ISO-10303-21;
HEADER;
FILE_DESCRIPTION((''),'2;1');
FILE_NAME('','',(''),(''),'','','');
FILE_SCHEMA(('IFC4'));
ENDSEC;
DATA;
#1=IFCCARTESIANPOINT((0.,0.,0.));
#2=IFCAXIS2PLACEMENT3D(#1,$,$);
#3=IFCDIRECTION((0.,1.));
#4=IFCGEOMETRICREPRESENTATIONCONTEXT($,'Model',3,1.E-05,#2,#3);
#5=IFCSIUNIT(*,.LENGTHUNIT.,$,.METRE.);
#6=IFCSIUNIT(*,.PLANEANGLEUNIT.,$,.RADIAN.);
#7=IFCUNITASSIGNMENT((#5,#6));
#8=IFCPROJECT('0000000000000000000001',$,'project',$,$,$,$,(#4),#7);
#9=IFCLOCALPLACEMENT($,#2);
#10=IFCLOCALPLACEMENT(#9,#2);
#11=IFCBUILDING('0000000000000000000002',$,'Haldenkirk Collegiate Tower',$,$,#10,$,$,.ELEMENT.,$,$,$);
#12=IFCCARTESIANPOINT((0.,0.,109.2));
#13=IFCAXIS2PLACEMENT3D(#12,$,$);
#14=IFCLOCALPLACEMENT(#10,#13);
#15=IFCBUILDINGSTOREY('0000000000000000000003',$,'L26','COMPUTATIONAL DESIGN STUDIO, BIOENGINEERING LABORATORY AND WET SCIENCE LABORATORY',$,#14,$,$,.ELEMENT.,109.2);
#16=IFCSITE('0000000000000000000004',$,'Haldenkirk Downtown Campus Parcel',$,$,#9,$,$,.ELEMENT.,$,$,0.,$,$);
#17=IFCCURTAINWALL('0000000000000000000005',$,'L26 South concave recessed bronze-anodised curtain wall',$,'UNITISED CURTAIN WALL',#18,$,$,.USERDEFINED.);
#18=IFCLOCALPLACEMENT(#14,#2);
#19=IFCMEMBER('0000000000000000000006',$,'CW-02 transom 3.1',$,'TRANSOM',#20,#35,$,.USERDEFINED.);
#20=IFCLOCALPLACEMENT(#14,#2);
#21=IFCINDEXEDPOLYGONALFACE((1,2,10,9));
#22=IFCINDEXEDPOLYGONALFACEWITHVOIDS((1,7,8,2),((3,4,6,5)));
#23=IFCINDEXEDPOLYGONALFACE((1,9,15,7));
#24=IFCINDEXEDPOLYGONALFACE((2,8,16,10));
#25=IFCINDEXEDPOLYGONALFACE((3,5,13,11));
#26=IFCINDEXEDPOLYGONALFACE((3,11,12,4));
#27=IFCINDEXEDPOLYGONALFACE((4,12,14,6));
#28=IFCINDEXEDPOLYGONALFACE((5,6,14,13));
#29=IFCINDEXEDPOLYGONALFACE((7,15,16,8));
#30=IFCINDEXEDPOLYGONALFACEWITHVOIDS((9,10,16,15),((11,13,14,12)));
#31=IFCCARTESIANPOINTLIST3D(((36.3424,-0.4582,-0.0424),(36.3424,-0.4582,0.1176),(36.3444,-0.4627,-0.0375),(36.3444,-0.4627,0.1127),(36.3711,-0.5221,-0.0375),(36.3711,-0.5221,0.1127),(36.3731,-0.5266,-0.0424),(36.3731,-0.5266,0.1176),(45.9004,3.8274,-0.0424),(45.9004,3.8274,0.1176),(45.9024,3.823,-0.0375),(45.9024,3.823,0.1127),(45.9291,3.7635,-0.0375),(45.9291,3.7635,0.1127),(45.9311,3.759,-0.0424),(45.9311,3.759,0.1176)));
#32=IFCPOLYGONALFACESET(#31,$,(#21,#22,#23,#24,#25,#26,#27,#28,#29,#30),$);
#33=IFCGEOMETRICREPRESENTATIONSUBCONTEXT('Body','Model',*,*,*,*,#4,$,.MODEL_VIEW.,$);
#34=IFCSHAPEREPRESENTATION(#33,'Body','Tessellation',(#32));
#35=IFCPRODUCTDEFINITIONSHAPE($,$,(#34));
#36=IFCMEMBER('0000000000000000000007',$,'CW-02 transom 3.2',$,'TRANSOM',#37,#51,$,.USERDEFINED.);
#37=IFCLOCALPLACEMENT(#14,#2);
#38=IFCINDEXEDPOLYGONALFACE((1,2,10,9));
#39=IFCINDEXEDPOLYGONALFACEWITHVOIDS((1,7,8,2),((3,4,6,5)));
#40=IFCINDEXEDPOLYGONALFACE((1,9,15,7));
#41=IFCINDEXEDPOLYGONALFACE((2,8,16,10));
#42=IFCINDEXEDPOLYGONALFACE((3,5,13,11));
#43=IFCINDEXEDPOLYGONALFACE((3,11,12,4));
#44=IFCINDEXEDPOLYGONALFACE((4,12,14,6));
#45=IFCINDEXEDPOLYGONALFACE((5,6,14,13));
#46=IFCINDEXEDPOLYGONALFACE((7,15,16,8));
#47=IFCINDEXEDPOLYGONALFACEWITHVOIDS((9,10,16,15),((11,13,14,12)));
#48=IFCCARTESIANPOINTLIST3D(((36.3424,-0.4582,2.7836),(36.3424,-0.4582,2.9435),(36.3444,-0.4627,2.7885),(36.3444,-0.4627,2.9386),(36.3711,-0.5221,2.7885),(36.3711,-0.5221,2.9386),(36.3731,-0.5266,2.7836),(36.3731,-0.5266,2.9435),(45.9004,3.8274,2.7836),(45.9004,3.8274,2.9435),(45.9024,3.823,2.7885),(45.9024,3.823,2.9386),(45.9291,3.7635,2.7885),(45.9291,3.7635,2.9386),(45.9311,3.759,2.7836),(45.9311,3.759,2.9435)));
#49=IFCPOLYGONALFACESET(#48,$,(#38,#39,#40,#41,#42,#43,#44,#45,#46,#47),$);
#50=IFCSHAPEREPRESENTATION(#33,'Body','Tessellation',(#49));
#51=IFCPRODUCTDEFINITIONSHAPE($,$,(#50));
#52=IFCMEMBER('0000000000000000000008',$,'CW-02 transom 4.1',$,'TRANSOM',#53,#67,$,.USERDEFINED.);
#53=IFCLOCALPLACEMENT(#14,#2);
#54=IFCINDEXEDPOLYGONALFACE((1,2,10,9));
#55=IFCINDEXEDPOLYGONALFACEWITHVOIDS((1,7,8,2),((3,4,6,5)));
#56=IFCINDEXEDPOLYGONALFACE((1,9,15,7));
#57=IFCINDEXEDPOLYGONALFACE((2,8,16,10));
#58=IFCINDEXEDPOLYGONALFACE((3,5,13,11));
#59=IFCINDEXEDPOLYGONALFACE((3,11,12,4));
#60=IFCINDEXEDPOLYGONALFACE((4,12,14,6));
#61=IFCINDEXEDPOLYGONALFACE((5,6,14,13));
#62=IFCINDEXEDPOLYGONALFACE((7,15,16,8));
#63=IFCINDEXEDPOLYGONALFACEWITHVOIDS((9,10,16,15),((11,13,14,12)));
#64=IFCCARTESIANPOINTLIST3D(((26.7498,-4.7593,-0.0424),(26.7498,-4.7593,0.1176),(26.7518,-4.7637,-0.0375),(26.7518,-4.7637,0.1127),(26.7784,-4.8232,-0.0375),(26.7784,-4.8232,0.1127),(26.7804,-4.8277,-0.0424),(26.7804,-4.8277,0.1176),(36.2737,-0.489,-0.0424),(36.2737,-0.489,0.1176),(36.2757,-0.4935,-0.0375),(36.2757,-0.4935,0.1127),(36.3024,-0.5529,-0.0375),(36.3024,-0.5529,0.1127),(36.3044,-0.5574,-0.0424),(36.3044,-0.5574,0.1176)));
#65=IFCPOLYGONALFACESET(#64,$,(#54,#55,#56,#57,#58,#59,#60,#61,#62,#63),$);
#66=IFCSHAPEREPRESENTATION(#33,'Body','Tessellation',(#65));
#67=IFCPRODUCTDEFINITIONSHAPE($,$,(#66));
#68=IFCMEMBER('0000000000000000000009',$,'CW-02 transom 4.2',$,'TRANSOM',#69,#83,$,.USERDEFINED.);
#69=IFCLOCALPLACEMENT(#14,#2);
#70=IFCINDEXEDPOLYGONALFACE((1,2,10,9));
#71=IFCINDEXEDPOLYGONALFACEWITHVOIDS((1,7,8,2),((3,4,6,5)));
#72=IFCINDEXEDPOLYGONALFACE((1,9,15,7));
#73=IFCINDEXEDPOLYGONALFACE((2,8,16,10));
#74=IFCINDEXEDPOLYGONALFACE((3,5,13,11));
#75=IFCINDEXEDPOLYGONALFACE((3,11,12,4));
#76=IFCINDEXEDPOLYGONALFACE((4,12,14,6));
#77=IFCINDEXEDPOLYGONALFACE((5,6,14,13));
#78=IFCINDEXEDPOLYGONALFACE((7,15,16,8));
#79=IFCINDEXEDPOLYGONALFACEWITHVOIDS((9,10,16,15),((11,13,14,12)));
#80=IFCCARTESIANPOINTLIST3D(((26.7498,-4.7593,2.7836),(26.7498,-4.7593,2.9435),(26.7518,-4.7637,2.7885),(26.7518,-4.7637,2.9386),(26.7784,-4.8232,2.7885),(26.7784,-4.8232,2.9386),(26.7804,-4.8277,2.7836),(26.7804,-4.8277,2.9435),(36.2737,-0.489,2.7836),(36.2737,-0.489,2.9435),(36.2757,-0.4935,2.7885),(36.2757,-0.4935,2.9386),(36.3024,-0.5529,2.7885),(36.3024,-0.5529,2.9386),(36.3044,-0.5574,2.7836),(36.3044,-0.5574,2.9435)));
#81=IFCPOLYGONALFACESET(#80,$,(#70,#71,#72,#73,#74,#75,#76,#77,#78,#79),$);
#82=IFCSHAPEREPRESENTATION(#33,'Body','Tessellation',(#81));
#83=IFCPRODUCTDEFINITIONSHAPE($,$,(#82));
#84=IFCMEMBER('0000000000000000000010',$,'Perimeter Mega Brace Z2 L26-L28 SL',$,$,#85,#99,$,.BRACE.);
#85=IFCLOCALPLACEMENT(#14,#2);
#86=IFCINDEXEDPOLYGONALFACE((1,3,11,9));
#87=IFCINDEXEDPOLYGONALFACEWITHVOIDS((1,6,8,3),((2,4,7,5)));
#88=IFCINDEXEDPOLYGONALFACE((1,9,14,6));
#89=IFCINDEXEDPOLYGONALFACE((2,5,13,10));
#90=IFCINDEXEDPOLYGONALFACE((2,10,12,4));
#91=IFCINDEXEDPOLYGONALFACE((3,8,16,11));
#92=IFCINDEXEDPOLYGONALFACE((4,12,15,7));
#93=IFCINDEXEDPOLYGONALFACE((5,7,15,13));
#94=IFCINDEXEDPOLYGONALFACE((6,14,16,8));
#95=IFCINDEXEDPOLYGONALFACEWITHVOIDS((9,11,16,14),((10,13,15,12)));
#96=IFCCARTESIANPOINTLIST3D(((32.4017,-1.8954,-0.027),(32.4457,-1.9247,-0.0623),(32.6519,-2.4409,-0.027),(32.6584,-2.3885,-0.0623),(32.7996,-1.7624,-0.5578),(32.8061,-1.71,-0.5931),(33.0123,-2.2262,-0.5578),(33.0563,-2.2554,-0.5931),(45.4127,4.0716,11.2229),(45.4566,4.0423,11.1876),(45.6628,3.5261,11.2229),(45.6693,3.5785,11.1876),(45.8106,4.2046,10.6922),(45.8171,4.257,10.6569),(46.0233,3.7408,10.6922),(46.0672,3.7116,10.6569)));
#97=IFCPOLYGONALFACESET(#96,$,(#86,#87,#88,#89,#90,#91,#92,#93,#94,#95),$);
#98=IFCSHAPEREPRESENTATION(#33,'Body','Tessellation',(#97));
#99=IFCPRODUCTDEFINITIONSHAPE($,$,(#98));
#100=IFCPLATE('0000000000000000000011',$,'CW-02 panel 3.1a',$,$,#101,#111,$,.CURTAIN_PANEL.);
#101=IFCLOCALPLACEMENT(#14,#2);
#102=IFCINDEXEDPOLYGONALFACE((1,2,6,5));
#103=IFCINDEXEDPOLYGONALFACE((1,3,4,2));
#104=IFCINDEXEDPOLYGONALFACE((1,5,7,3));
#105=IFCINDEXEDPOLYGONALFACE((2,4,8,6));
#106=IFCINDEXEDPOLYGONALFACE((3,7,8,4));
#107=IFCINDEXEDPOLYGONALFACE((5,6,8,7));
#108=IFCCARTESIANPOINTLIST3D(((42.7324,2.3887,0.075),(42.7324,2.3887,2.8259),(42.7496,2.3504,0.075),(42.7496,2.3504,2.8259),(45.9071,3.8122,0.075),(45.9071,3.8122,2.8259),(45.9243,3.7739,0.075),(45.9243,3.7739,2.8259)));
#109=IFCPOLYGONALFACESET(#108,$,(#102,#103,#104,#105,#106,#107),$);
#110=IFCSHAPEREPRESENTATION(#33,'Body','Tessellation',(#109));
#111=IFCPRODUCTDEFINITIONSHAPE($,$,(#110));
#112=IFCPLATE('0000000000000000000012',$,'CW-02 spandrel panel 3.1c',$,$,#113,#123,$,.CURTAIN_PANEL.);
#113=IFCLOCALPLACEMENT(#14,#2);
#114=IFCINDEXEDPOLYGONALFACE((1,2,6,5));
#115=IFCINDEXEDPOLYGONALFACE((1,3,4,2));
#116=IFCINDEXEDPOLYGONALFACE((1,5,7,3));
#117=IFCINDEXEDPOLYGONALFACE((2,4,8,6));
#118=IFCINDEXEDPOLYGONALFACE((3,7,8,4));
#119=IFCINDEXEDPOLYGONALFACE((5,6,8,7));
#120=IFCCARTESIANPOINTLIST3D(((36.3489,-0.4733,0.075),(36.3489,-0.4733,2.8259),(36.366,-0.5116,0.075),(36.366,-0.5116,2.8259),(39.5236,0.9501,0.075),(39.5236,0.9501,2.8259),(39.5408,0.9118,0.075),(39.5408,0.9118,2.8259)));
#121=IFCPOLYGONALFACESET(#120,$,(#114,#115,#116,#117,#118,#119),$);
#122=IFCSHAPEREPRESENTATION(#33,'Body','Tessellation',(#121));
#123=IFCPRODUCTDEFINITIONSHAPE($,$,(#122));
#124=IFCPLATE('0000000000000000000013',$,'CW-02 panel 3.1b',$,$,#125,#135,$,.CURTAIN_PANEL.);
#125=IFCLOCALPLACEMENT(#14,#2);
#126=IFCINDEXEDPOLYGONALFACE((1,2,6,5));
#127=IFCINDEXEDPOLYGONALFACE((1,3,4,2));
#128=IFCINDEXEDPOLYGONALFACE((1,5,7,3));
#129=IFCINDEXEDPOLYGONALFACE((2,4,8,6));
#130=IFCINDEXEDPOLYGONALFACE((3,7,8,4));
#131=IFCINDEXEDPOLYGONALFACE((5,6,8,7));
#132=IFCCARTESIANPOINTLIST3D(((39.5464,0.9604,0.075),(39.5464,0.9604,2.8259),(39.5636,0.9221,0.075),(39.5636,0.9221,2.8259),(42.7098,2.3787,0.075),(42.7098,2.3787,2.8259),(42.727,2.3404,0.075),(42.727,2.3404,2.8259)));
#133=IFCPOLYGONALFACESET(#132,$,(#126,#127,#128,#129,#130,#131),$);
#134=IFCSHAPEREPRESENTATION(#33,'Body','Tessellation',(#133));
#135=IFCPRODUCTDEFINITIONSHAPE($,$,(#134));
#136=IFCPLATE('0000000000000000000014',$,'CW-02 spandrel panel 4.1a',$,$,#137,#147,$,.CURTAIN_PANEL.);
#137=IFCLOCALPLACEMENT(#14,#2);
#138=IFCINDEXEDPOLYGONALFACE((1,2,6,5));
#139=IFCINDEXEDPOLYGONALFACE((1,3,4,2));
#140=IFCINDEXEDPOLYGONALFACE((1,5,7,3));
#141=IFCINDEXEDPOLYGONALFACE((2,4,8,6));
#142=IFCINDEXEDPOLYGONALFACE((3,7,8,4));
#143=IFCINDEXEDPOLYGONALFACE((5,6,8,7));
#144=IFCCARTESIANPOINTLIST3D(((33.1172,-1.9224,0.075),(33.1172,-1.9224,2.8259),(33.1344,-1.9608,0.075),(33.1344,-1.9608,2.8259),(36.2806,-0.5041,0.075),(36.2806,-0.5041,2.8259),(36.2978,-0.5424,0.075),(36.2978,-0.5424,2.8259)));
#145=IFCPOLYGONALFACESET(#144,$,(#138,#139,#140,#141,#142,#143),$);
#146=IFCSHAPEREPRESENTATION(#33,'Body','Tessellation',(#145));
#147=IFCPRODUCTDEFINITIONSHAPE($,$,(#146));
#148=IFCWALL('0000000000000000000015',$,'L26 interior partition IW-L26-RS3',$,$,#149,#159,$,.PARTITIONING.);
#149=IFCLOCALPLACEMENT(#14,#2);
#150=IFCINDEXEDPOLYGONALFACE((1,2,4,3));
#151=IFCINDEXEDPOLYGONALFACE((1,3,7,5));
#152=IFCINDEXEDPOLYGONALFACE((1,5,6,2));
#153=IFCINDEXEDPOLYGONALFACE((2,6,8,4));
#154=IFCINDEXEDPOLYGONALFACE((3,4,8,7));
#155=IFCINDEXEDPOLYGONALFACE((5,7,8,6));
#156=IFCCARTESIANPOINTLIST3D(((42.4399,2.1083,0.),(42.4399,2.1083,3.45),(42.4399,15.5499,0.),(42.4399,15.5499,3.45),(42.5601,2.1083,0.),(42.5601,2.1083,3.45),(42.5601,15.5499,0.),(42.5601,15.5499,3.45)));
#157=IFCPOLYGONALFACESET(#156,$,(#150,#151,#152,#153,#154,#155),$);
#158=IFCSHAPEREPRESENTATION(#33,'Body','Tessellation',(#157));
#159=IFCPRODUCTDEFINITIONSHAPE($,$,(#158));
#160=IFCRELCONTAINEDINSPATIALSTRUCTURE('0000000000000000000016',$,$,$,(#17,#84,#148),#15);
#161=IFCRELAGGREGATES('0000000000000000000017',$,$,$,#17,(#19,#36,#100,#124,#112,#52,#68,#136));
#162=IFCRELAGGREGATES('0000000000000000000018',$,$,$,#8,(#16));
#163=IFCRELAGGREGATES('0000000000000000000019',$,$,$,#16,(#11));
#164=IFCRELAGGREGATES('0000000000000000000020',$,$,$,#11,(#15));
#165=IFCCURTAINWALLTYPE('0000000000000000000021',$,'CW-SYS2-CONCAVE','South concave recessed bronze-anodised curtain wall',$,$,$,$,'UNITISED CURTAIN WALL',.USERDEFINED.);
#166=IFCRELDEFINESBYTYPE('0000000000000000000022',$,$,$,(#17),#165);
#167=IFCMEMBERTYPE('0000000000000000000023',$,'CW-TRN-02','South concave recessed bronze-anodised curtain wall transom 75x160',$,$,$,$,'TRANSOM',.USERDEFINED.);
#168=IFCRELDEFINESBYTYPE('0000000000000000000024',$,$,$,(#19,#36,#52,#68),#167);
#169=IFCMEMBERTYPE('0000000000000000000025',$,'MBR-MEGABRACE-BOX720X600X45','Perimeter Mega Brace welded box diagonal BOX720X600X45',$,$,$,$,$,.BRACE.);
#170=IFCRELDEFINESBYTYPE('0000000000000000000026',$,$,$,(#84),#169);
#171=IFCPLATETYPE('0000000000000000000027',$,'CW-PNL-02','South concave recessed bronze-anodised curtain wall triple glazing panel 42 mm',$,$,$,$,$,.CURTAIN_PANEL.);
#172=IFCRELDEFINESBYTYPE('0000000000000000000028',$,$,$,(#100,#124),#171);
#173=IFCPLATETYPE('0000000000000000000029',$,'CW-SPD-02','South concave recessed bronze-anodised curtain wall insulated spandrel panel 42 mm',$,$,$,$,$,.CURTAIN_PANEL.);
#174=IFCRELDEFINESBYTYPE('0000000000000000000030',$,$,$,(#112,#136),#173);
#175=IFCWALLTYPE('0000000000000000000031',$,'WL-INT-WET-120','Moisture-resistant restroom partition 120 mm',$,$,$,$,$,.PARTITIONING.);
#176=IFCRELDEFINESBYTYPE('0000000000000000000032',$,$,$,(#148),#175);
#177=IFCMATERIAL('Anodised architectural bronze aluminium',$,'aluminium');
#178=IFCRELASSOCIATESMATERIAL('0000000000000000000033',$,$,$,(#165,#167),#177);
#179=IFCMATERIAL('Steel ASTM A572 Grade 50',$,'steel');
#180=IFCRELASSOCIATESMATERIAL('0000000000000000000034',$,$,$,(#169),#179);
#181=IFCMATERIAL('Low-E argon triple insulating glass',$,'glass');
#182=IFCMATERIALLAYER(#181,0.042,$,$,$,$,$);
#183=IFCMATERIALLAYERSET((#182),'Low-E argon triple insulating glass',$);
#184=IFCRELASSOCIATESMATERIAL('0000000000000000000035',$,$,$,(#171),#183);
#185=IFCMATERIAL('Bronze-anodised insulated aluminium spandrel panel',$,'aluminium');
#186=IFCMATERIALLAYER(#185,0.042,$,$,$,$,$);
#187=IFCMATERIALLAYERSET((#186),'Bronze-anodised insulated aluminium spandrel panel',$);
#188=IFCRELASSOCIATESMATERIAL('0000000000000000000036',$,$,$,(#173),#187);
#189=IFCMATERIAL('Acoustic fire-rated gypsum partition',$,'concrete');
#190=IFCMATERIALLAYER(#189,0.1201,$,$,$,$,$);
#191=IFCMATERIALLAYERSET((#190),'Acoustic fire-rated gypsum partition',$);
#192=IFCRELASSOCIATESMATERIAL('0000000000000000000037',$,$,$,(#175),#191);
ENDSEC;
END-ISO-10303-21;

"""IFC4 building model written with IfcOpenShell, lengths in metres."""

from ifc_helpers import new_model, si_unit, direction, frame, frame_2d, origin, origin_2d, place, context, subcontext, project, spatial, rectangle, hollow_rectangle, extrude, source, transform, mapped, material, layer, layer_set, material_profile, profile_set, type_object, element, aggregate, save


model = new_model("IFC4")

# Units and contexts
model_context = context("Model", 3, precision=1e-05, world=origin(), true_north=direction((0.0, 1.0)))
body_context = subcontext(model_context, "Body", "Model", "MODEL_VIEW")
ifc_project = project(units=[si_unit("LENGTHUNIT", "METRE"), si_unit("PLANEANGLEUNIT", "RADIAN")], contexts=[model_context])

# Site, building, storey
site_placement = place(None, origin())
site = spatial("IfcSite", under=ifc_project, at=site_placement, Name="Haldenkirk Downtown Campus Parcel", CompositionType="ELEMENT", RefElevation=0.0)
building_placement = place(site_placement, origin())
building = spatial("IfcBuilding", under=site, at=building_placement, Name="Haldenkirk Collegiate Tower", CompositionType="ELEMENT")
storey_placement = place(building_placement, frame((0.0, 0.0, 109.2)))
storey = spatial("IfcBuildingStorey", under=building, at=storey_placement, Name="L26", Description="COMPUTATIONAL DESIGN STUDIO, BIOENGINEERING LABORATORY AND WET SCIENCE LABORATORY", CompositionType="ELEMENT", Elevation=109.2)

# Curtain wall, members
ifc_material_1 = material(Name="Anodised architectural bronze aluminium", Category="aluminium")
curtain_wall_type = type_object("IfcCurtainWallType", Name="CW-SYS2-CONCAVE", Description="South concave recessed bronze-anodised curtain wall", ElementType="UNITISED CURTAIN WALL", PredefinedType="USERDEFINED", material=ifc_material_1)
curtain_wall_placement = place(storey_placement, origin())
curtain_wall = element("IfcCurtainWall", 1, at=curtain_wall_placement, inside=storey, type_object=curtain_wall_type, Name="L26 South concave recessed bronze-anodised curtain wall", ObjectType="UNITISED CURTAIN WALL", PredefinedType="USERDEFINED")
ifc_material_profile_1 = material_profile(ifc_material_1, hollow_rectangle(XDim=0.075, YDim=0.1599, WallThickness=0.0049, at=origin_2d()), Name="CW-TRN-02")
ifc_profile_set_1 = profile_set([ifc_material_profile_1], Name="Anodised architectural bronze aluminium")
member_type_1 = type_object("IfcMemberType", Name="CW-TRN-02", Description="South concave recessed bronze-anodised curtain wall transom 75x160", ElementType="TRANSOM", PredefinedType="USERDEFINED", material=ifc_profile_set_1)
member_1_placement = place(storey_placement, frame((45.9158, 3.7932, 0.0376), z_axis=(-0.912475, -0.409134, 0.0), x_axis=(0.409134, -0.912475, 0.0)))
member_1 = element("IfcMember", 2, at=member_1_placement, type_object=member_type_1, Name="CW-02 transom 3.1", ObjectType="TRANSOM", PredefinedType="USERDEFINED", context=body_context, shape_type="SweptSolid", body=[
    extrude(hollow_rectangle(XDim=0.075, YDim=0.1599, WallThickness=0.0049, at=origin_2d()), origin(), (0.0, 0.0, 1.0), 10.4749),
])
member_2_placement = place(storey_placement, frame((45.9158, 3.7932, 2.8635), z_axis=(-0.912475, -0.409134, 0.0), x_axis=(0.409134, -0.912475, 0.0)))
member_2 = element("IfcMember", 3, at=member_2_placement, type_object=member_type_1, Name="CW-02 transom 3.2", ObjectType="TRANSOM", PredefinedType="USERDEFINED", context=body_context, shape_type="SweptSolid", body=[
    extrude(hollow_rectangle(XDim=0.075, YDim=0.1599, WallThickness=0.0049, at=origin_2d()), origin(), (0.0, 0.0, 1.0), 10.4749),
])
member_3_placement = place(storey_placement, frame((36.2891, -0.5232, 0.0376), z_axis=(-0.912477, -0.409129, 0.0), x_axis=(0.409129, -0.912477, 0.0)))
member_3 = element("IfcMember", 4, at=member_3_placement, type_object=member_type_1, Name="CW-02 transom 4.1", ObjectType="TRANSOM", PredefinedType="USERDEFINED", context=body_context, shape_type="SweptSolid", body=[
    extrude(hollow_rectangle(XDim=0.075, YDim=0.1599, WallThickness=0.0049, at=origin_2d()), origin(), (0.0, 0.0, 1.0), 10.4375),
])
member_4_placement = place(storey_placement, frame((36.2891, -0.5232, 2.8635), z_axis=(-0.912477, -0.409129, 0.0), x_axis=(0.409129, -0.912477, 0.0)))
member_4 = element("IfcMember", 5, at=member_4_placement, type_object=member_type_1, Name="CW-02 transom 4.2", ObjectType="TRANSOM", PredefinedType="USERDEFINED", context=body_context, shape_type="SweptSolid", body=[
    extrude(hollow_rectangle(XDim=0.075, YDim=0.1599, WallThickness=0.0049, at=origin_2d()), origin(), (0.0, 0.0, 1.0), 10.4375),
])

# Member
ifc_material_2 = material(Name="Steel ASTM A572 Grade 50", Category="steel")
ifc_material_profile_2 = material_profile(ifc_material_2, hollow_rectangle(XDim=0.6001, YDim=0.72, WallThickness=0.0449, at=origin_2d()), Name="BOX720X600X45")
ifc_profile_set_2 = profile_set([ifc_material_profile_2], Name="Steel ASTM A572 Grade 50")
member_type_2 = type_object("IfcMemberType", Name="MBR-MEGABRACE-BOX720X600X45", Description="Perimeter Mega Brace welded box diagonal BOX720X600X45", PredefinedType="BRACE", material=ifc_profile_set_2)
member_5_placement = place(storey_placement, frame((32.729, -2.0754, -0.3101), z_axis=(0.714659, 0.327754, 0.617932), x_axis=(-0.416867, 0.908968, 0.0)))
element("IfcMember", 6, at=member_5_placement, inside=storey, type_object=member_type_2, Name="Perimeter Mega Brace Z2 L26-L28 SL", PredefinedType="BRACE", context=body_context, shape_type="SweptSolid", body=[
    extrude(hollow_rectangle(XDim=0.6001, YDim=0.72, WallThickness=0.0449, at=origin_2d()), origin(), (0.0, 0.0, 1.0), 18.2058),
])

# Plates
ifc_material_3 = material(Name="Low-E argon triple insulating glass", Category="glass")
ifc_layer_1 = layer(ifc_material_3, 0.042)
ifc_layer_set_1 = layer_set([ifc_layer_1], Name="Low-E argon triple insulating glass")
plate_type_1 = type_object("IfcPlateType", Name="CW-PNL-02", Description="South concave recessed bronze-anodised curtain wall triple glazing panel 42 mm", PredefinedType="CURTAIN_PANEL", material=ifc_layer_set_1)
shared_shape_1 = source(origin(), body_context, "Body", "SweptSolid", [
    extrude(rectangle(XDim=3.4792, YDim=0.042, at=origin_2d()), origin(), (0.0, 0.0, 1.0), 2.751),
])
plate_1_placement = place(storey_placement, frame((44.3284, 3.0813, 0.075), z_axis=(0.0, 0.0, 1.0), x_axis=(-0.912477, -0.409127, 0.0)))
plate_1 = element("IfcPlate", 7, at=plate_1_placement, type_object=plate_type_1, Name="CW-02 panel 3.1a", PredefinedType="CURTAIN_PANEL", context=body_context, shape_type="MappedRepresentation", body=[
    mapped(shared_shape_1, transform((0.0, 0.0, 0.0), x_axis=(1.0, 0.0, 0.0), y_axis=(0.0, 1.0, 0.0), z_axis=(0.0, 0.0, 1.0), scale=1.0)),
])
ifc_material_4 = material(Name="Bronze-anodised insulated aluminium spandrel panel", Category="aluminium")
ifc_layer_2 = layer(ifc_material_4, 0.042)
ifc_layer_set_2 = layer_set([ifc_layer_2], Name="Bronze-anodised insulated aluminium spandrel panel")
plate_type_2 = type_object("IfcPlateType", Name="CW-SPD-02", Description="South concave recessed bronze-anodised curtain wall insulated spandrel panel 42 mm", PredefinedType="CURTAIN_PANEL", material=ifc_layer_set_2)
plate_2_placement = place(storey_placement, frame((37.9448, 0.2192, 0.075), z_axis=(0.0, 0.0, 1.0), x_axis=(-0.912477, -0.409127, 0.0)))
plate_2 = element("IfcPlate", 8, at=plate_2_placement, type_object=plate_type_2, Name="CW-02 spandrel panel 3.1c", PredefinedType="CURTAIN_PANEL", context=body_context, shape_type="MappedRepresentation", body=[
    mapped(shared_shape_1, transform((0.0, 0.0, 0.0), x_axis=(1.0, 0.0, 0.0), y_axis=(0.0, 1.0, 0.0), z_axis=(0.0, 0.0, 1.0), scale=1.0)),
])
shared_shape_2 = source(origin(), body_context, "Body", "SweptSolid", [
    extrude(rectangle(XDim=3.4668, YDim=0.042, at=origin_2d()), origin(), (0.0, 0.0, 1.0), 2.751),
])
plate_3_placement = place(storey_placement, frame((41.1367, 1.6504, 0.075), z_axis=(0.0, 0.0, 1.0), x_axis=(-0.912477, -0.409127, 0.0)))
plate_3 = element("IfcPlate", 9, at=plate_3_placement, type_object=plate_type_1, Name="CW-02 panel 3.1b", PredefinedType="CURTAIN_PANEL", context=body_context, shape_type="MappedRepresentation", body=[
    mapped(shared_shape_2, transform((0.0, 0.0, 0.0), x_axis=(1.0, 0.0, 0.0), y_axis=(0.0, 1.0, 0.0), z_axis=(0.0, 0.0, 1.0), scale=1.0)),
])
plate_4_placement = place(storey_placement, frame((34.7075, -1.2324, 0.075), z_axis=(0.0, 0.0, 1.0), x_axis=(-0.912477, -0.409127, 0.0)))
plate_4 = element("IfcPlate", 10, at=plate_4_placement, type_object=plate_type_2, Name="CW-02 spandrel panel 4.1a", PredefinedType="CURTAIN_PANEL", context=body_context, shape_type="MappedRepresentation", body=[
    mapped(shared_shape_2, transform((0.0, 0.0, 0.0), x_axis=(1.0, 0.0, 0.0), y_axis=(0.0, 1.0, 0.0), z_axis=(0.0, 0.0, 1.0), scale=1.0)),
])
aggregate(curtain_wall, [member_1, member_2, plate_1, plate_3, plate_2, member_3, member_4, plate_4])

# Wall
ifc_material_5 = material(Name="Acoustic fire-rated gypsum partition", Category="concrete")
ifc_layer_3 = layer(ifc_material_5, 0.1201)
ifc_layer_set_3 = layer_set([ifc_layer_3], Name="Acoustic fire-rated gypsum partition")
wall_type = type_object("IfcWallType", Name="WL-INT-WET-120", Description="Moisture-resistant restroom partition 120 mm", PredefinedType="PARTITIONING", material=ifc_layer_set_3)
wall_placement = place(storey_placement, frame((42.5, 2.1084, 0.0), z_axis=(0.0, 0.0, 1.0), x_axis=(0.0, 1.0, 0.0)))
element("IfcWall", 11, at=wall_placement, inside=storey, type_object=wall_type, Name="L26 interior partition IW-L26-RS3", PredefinedType="PARTITIONING", context=body_context, shape_type="SweptSolid", body=[
    extrude(rectangle(XDim=13.4417, YDim=0.1201, at=frame_2d((6.7207, 0.0))), origin(), (0.0, 0.0, 1.0), 3.45),
])

save(model, "model.ifc")
